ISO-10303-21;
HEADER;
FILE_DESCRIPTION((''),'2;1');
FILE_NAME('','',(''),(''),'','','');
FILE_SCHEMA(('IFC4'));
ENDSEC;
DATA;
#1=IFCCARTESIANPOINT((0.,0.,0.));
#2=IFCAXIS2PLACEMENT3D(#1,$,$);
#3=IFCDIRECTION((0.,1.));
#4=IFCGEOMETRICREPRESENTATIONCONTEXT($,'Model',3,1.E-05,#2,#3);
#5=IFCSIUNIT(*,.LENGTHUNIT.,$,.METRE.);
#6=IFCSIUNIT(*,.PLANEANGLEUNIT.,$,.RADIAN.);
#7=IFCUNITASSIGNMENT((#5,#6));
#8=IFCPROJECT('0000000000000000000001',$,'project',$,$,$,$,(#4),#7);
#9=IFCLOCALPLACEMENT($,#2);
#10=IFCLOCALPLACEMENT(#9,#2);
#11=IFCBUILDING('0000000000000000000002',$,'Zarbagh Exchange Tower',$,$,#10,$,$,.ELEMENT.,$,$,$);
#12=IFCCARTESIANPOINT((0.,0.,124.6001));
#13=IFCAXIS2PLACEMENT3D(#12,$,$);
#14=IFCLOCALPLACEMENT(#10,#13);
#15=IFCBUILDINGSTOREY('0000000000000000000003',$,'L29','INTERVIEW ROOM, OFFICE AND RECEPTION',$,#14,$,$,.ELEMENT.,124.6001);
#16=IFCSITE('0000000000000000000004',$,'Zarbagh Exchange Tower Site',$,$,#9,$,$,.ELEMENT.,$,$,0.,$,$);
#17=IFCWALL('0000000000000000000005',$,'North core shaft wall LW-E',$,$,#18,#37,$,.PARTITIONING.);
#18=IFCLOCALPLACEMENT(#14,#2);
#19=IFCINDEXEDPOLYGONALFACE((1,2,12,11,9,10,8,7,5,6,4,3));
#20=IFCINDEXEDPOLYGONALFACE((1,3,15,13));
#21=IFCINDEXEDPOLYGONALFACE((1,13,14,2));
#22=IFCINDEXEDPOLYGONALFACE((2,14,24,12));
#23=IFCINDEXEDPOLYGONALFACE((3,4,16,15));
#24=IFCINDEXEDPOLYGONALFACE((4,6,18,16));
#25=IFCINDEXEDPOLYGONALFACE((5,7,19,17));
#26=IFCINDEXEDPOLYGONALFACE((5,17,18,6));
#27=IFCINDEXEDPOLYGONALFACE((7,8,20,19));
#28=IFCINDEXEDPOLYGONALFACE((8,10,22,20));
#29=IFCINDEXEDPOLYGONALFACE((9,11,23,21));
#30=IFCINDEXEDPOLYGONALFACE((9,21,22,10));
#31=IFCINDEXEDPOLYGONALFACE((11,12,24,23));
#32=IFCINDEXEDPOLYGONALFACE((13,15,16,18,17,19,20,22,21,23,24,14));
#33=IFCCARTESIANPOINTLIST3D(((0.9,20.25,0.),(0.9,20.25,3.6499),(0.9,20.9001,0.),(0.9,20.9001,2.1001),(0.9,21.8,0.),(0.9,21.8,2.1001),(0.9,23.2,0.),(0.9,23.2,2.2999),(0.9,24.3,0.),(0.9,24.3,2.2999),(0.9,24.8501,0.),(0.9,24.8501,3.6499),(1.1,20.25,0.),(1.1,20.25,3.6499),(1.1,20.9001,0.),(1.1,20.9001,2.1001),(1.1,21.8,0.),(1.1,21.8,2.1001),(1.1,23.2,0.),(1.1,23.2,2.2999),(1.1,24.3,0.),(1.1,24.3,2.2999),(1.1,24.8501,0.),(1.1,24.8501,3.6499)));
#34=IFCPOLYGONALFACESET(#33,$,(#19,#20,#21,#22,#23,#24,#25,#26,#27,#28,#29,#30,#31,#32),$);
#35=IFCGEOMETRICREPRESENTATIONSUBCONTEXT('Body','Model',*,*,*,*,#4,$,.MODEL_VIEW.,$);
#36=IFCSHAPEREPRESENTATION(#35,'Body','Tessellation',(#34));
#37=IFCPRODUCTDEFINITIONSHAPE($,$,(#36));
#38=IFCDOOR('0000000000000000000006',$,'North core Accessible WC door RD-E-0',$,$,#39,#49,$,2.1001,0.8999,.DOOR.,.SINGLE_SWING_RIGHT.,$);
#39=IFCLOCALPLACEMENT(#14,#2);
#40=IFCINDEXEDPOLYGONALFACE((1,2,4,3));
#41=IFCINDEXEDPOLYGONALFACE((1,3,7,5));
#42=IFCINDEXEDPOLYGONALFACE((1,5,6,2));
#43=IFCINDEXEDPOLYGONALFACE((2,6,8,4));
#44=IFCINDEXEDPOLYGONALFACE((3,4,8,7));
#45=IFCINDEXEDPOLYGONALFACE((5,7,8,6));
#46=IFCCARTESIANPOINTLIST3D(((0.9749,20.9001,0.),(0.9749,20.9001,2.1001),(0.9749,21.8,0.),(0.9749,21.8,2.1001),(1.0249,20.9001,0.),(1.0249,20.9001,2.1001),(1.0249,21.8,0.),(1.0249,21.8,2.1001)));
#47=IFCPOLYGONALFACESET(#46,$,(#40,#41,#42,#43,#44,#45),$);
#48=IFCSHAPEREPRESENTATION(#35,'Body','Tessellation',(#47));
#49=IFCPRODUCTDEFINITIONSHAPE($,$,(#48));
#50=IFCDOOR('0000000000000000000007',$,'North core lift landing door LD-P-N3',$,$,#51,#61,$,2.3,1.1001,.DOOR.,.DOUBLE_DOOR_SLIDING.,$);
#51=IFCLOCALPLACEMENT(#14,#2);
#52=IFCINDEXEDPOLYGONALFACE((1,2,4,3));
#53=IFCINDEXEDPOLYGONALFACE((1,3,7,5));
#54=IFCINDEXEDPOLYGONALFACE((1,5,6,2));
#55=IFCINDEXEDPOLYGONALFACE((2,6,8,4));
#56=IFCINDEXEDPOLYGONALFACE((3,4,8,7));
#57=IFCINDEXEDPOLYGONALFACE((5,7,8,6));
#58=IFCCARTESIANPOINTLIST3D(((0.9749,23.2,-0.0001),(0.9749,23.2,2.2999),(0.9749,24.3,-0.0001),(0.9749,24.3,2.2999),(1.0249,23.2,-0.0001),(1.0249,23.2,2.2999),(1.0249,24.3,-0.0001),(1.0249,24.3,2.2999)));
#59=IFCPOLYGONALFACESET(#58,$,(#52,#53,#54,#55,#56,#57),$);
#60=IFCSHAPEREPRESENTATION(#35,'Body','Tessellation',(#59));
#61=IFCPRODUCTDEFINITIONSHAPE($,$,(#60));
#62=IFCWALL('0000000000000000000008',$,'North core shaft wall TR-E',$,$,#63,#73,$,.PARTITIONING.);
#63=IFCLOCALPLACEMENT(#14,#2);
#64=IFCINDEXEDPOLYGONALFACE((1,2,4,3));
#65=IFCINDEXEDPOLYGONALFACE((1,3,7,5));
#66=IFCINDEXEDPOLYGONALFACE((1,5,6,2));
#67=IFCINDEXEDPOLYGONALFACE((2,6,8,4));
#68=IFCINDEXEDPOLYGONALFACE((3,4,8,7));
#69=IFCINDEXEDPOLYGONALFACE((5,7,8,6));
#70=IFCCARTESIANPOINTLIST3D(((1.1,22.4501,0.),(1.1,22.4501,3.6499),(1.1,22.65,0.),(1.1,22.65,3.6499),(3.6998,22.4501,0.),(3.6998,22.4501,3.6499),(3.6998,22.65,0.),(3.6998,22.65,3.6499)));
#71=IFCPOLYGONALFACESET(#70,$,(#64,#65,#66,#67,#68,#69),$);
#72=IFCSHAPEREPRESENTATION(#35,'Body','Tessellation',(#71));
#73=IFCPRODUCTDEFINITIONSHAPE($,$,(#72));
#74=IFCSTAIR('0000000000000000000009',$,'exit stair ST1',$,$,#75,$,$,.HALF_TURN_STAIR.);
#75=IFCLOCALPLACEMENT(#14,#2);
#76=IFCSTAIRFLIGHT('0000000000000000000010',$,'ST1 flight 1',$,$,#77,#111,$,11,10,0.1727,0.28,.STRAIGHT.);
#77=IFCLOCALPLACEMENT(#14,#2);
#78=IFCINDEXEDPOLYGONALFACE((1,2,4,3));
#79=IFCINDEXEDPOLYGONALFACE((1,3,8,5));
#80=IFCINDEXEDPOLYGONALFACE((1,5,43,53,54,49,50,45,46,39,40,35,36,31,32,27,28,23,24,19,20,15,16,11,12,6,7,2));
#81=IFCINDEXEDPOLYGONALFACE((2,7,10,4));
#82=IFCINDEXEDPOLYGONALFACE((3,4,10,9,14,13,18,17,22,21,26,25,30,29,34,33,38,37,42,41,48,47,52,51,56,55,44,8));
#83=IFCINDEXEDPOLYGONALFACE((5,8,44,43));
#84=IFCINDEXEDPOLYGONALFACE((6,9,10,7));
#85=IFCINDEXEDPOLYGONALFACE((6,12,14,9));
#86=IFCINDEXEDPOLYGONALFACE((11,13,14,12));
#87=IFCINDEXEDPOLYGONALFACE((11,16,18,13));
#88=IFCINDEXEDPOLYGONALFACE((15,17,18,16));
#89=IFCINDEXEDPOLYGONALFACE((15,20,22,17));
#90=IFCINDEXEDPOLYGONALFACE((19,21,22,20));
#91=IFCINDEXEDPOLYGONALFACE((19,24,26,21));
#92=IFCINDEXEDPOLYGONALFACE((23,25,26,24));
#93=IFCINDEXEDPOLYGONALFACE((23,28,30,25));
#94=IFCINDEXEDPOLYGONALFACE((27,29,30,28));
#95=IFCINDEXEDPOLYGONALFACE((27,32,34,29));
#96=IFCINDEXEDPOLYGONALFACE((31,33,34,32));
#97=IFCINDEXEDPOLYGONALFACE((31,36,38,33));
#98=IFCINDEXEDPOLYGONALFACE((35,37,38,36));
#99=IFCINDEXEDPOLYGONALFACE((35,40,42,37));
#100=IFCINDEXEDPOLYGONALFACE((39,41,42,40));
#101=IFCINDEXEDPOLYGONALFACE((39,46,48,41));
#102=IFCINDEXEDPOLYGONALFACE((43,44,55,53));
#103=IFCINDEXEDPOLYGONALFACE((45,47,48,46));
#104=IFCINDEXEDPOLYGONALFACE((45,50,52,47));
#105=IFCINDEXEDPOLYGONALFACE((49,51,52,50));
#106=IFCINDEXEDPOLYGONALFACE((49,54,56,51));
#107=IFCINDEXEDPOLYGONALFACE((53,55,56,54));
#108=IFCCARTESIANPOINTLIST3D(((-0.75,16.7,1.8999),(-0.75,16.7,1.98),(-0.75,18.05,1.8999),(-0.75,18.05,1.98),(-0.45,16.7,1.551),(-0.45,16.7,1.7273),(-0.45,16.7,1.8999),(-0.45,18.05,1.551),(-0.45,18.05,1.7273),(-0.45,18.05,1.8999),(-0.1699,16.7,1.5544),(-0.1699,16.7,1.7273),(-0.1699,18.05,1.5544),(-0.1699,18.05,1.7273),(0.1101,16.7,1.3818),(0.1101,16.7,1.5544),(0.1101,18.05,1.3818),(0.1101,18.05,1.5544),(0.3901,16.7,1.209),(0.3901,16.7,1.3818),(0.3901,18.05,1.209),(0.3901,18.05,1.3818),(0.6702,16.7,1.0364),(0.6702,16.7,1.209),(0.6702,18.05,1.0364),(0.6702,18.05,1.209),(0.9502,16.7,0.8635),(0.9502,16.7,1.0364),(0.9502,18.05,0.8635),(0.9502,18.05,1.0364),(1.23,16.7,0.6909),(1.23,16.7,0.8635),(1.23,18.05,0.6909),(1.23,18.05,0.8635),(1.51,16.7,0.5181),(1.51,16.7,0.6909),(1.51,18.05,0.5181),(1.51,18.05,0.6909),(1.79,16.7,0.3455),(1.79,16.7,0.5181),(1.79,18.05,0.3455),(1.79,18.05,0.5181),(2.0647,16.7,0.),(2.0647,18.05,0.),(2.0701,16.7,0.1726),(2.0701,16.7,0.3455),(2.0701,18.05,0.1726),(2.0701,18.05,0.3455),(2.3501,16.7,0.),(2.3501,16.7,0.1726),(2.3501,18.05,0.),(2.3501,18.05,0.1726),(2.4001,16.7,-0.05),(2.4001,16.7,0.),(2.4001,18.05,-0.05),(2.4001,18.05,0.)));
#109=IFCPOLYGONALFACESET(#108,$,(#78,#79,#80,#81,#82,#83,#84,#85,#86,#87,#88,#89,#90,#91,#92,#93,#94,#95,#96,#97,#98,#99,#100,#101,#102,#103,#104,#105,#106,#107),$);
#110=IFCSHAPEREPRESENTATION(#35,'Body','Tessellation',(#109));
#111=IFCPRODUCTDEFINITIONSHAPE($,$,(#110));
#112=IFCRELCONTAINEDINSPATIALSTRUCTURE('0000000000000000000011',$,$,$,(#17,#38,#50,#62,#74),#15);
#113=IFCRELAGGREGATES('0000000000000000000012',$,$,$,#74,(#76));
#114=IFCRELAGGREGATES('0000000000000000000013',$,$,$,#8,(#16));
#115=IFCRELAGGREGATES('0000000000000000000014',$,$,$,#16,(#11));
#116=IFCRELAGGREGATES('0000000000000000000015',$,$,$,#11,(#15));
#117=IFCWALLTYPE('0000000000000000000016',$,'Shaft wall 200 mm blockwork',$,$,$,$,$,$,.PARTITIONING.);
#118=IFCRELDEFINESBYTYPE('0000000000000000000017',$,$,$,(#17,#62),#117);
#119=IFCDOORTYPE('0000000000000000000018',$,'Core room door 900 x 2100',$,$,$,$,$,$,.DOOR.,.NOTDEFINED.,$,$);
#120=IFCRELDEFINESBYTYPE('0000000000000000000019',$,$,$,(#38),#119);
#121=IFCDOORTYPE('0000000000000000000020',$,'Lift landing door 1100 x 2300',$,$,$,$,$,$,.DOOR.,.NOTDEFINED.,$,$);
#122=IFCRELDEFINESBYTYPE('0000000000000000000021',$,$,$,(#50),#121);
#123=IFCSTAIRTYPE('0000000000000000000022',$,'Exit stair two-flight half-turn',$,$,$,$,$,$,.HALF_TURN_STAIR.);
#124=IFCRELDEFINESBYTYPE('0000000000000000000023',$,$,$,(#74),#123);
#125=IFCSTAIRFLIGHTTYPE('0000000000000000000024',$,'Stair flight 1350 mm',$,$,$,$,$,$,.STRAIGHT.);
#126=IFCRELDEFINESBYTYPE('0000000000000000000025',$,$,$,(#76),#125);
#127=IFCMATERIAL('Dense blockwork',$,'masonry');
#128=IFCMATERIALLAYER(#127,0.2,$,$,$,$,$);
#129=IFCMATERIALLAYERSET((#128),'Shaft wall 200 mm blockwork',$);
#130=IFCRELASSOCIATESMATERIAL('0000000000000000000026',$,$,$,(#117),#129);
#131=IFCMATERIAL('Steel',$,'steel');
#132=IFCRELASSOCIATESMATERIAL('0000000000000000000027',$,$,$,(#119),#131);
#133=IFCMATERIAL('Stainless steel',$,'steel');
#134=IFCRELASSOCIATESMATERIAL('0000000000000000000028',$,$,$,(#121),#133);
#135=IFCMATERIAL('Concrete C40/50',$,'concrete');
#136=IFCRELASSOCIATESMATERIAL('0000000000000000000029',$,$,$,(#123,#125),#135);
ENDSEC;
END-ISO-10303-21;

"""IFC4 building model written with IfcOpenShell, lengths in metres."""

from ifc_helpers import new_model, si_unit, direction, frame, frame_2d, origin, place, context, subcontext, project, spatial, polyline, rectangle, outline, extrude, material, layer, layer_set, type_object, element, fill, aggregate, save


model = new_model("IFC4")

# Units and contexts
model_context = context("Model", 3, precision=1e-05, world=origin(), true_north=direction((0.0, 1.0)))
body_context = subcontext(model_context, "Body", "Model", "MODEL_VIEW")
ifc_project = project(units=[si_unit("LENGTHUNIT", "METRE"), si_unit("PLANEANGLEUNIT", "RADIAN")], contexts=[model_context])

# Site, building, storey
site_placement = place(None, origin())
site = spatial("IfcSite", under=ifc_project, at=site_placement, Name="Zarbagh Exchange Tower Site", CompositionType="ELEMENT", RefElevation=0.0)
building_placement = place(site_placement, origin())
building = spatial("IfcBuilding", under=site, at=building_placement, Name="Zarbagh Exchange Tower", CompositionType="ELEMENT")
storey_placement = place(building_placement, frame((0.0, 0.0, 124.6001)))
storey = spatial("IfcBuildingStorey", under=building, at=storey_placement, Name="L29", Description="INTERVIEW ROOM, OFFICE AND RECEPTION", CompositionType="ELEMENT", Elevation=124.6001)

# Wall, openings, doors
ifc_material_1 = material(Name="Steel", Category="steel")
ifc_material_2 = material(Name="Dense blockwork", Category="masonry")
ifc_layer_1 = layer(ifc_material_2, 0.2)
ifc_layer_set_1 = layer_set([ifc_layer_1], Name="Shaft wall 200 mm blockwork")
wall_type_1 = type_object("IfcWallType", Name="Shaft wall 200 mm blockwork", PredefinedType="PARTITIONING", material=ifc_layer_set_1)
wall_1_placement = place(storey_placement, frame((1.0, 24.8501, 0.0), z_axis=(0.0, 0.0, 1.0), x_axis=(0.0, -1.0, 0.0)))
wall_1 = element("IfcWall", 1, at=wall_1_placement, inside=storey, type_object=wall_type_1, Name="North core shaft wall LW-E", PredefinedType="PARTITIONING", context=body_context, shape_type="SweptSolid", body=[
    extrude(rectangle(XDim=4.6001, YDim=0.2, at=frame_2d((2.3, 0.0))), origin(), (0.0, 0.0, 1.0), 3.6499),
])
opening_1_placement = place(wall_1_placement, frame((0.55, 0.0, 0.0)))
opening_1 = element("IfcOpeningElement", 2, at=opening_1_placement, cuts=wall_1, PredefinedType="OPENING", context=body_context, shape_type="SweptSolid", body=[
    extrude(rectangle(XDim=1.1001, YDim=2.3, at=frame_2d((0.55, 1.1499))), frame((0.0, 0.1099, 0.0), z_axis=(0.0, -1.0, 0.0), x_axis=(1.0, 0.0, 0.0)), (0.0, 0.0, 1.0), 0.22),
])
opening_2_placement = place(wall_1_placement, frame((3.05, 0.0, 0.0)))
opening_2 = element("IfcOpeningElement", 3, at=opening_2_placement, cuts=wall_1, PredefinedType="OPENING", context=body_context, shape_type="SweptSolid", body=[
    extrude(rectangle(XDim=0.8999, YDim=2.1001, at=frame_2d((0.45, 1.05))), frame((0.0, 0.1099, 0.0), z_axis=(0.0, -1.0, 0.0), x_axis=(1.0, 0.0, 0.0)), (0.0, 0.0, 1.0), 0.22),
])
door_type_1 = type_object("IfcDoorType", Name="Core room door 900 x 2100", OperationType="NOTDEFINED", PredefinedType="DOOR", material=ifc_material_1)
door_1_placement = place(opening_2_placement, origin())
door_1 = element("IfcDoor", 4, at=door_1_placement, inside=storey, type_object=door_type_1, Name="North core Accessible WC door RD-E-0", OperationType="SINGLE_SWING_RIGHT", OverallHeight=2.1001, OverallWidth=0.8999, PredefinedType="DOOR", context=body_context, shape_type="SweptSolid", body=[
    extrude(rectangle(XDim=0.8999, YDim=2.1001, at=frame_2d((0.45, 1.05))), frame((0.0, 0.0249, 0.0), z_axis=(0.0, -1.0, 0.0), x_axis=(1.0, 0.0, 0.0)), (0.0, 0.0, 1.0), 0.05),
])
fill(opening_2, door_1)
ifc_material_3 = material(Name="Stainless steel", Category="steel")
door_type_2 = type_object("IfcDoorType", Name="Lift landing door 1100 x 2300", OperationType="NOTDEFINED", PredefinedType="DOOR", material=ifc_material_3)
door_2_placement = place(opening_1_placement, origin())
door_2 = element("IfcDoor", 5, at=door_2_placement, inside=storey, type_object=door_type_2, Name="North core lift landing door LD-P-N3", OperationType="DOUBLE_DOOR_SLIDING", OverallHeight=2.3, OverallWidth=1.1001, PredefinedType="DOOR", context=body_context, shape_type="SweptSolid", body=[
    extrude(rectangle(XDim=1.1001, YDim=2.3, at=frame_2d((0.55, 1.1499))), frame((0.0, 0.0249, 0.0), z_axis=(0.0, -1.0, 0.0), x_axis=(1.0, 0.0, 0.0)), (0.0, 0.0, 1.0), 0.05),
])
fill(opening_1, door_2)

# Wall
wall_2_placement = place(storey_placement, frame((1.1001, 22.55, 0.0), z_axis=(0.0, 0.0, 1.0), x_axis=(1.0, 0.0, 0.0)))
element("IfcWall", 6, at=wall_2_placement, inside=storey, type_object=wall_type_1, Name="North core shaft wall TR-E", PredefinedType="PARTITIONING", context=body_context, shape_type="SweptSolid", body=[
    extrude(rectangle(XDim=2.5999, YDim=0.2, at=frame_2d((1.2998, 0.0))), origin(), (0.0, 0.0, 1.0), 3.6499),
])

# Stair, stair flight
ifc_material_4 = material(Name="Concrete C40/50", Category="concrete")
stair_type = type_object("IfcStairType", Name="Exit stair two-flight half-turn", PredefinedType="HALF_TURN_STAIR", material=ifc_material_4)
stair_placement = place(storey_placement, origin())
stair = element("IfcStair", 7, at=stair_placement, inside=storey, type_object=stair_type, Name="exit stair ST1", PredefinedType="HALF_TURN_STAIR")
stair_flight_type = type_object("IfcStairFlightType", Name="Stair flight 1350 mm", PredefinedType="STRAIGHT", material=ifc_material_4)
stair_flight_placement = place(storey_placement, frame((2.3501, 17.375, 0.0), z_axis=(0.0, 0.0, 1.0), x_axis=(-1.0, 0.0, 0.0)))
stair_flight = element("IfcStairFlight", 8, at=stair_flight_placement, type_object=stair_flight_type, Name="ST1 flight 1", NumberOfRisers=11, NumberOfTreads=10, PredefinedType="STRAIGHT", RiserHeight=0.1727, TreadLength=0.28, context=body_context, shape_type="SweptSolid", body=[
    extrude(outline(polyline([(-0.05, -0.05), (-0.05, 0.0), (0.0, 0.0), (0.0, 0.1726), (0.28, 0.1726), (0.28, 0.3455), (0.5601, 0.3455), (0.5601, 0.5181), (0.8401, 0.5181), (0.8401, 0.6909), (1.1201, 0.6909), (1.1201, 0.8635), (1.3999, 0.8635), (1.3999, 1.0364), (1.6799, 1.0364), (1.6799, 1.209), (1.96, 1.209), (1.96, 1.3818), (2.24, 1.3818), (2.24, 1.5544), (2.52, 1.5544), (2.52, 1.7273), (2.8, 1.7273), (2.8, 1.8999), (3.1001, 1.98), (3.1001, 1.8999), (2.8, 1.551), (0.2854, 0.0), (-0.05, -0.05)])), frame((0.0, 0.675, 0.0), z_axis=(0.0, -1.0, 0.0), x_axis=(1.0, 0.0, 0.0)), (0.0, 0.0, 1.0), 1.3501),
])
aggregate(stair, [stair_flight])

save(model, "model.ifc")
